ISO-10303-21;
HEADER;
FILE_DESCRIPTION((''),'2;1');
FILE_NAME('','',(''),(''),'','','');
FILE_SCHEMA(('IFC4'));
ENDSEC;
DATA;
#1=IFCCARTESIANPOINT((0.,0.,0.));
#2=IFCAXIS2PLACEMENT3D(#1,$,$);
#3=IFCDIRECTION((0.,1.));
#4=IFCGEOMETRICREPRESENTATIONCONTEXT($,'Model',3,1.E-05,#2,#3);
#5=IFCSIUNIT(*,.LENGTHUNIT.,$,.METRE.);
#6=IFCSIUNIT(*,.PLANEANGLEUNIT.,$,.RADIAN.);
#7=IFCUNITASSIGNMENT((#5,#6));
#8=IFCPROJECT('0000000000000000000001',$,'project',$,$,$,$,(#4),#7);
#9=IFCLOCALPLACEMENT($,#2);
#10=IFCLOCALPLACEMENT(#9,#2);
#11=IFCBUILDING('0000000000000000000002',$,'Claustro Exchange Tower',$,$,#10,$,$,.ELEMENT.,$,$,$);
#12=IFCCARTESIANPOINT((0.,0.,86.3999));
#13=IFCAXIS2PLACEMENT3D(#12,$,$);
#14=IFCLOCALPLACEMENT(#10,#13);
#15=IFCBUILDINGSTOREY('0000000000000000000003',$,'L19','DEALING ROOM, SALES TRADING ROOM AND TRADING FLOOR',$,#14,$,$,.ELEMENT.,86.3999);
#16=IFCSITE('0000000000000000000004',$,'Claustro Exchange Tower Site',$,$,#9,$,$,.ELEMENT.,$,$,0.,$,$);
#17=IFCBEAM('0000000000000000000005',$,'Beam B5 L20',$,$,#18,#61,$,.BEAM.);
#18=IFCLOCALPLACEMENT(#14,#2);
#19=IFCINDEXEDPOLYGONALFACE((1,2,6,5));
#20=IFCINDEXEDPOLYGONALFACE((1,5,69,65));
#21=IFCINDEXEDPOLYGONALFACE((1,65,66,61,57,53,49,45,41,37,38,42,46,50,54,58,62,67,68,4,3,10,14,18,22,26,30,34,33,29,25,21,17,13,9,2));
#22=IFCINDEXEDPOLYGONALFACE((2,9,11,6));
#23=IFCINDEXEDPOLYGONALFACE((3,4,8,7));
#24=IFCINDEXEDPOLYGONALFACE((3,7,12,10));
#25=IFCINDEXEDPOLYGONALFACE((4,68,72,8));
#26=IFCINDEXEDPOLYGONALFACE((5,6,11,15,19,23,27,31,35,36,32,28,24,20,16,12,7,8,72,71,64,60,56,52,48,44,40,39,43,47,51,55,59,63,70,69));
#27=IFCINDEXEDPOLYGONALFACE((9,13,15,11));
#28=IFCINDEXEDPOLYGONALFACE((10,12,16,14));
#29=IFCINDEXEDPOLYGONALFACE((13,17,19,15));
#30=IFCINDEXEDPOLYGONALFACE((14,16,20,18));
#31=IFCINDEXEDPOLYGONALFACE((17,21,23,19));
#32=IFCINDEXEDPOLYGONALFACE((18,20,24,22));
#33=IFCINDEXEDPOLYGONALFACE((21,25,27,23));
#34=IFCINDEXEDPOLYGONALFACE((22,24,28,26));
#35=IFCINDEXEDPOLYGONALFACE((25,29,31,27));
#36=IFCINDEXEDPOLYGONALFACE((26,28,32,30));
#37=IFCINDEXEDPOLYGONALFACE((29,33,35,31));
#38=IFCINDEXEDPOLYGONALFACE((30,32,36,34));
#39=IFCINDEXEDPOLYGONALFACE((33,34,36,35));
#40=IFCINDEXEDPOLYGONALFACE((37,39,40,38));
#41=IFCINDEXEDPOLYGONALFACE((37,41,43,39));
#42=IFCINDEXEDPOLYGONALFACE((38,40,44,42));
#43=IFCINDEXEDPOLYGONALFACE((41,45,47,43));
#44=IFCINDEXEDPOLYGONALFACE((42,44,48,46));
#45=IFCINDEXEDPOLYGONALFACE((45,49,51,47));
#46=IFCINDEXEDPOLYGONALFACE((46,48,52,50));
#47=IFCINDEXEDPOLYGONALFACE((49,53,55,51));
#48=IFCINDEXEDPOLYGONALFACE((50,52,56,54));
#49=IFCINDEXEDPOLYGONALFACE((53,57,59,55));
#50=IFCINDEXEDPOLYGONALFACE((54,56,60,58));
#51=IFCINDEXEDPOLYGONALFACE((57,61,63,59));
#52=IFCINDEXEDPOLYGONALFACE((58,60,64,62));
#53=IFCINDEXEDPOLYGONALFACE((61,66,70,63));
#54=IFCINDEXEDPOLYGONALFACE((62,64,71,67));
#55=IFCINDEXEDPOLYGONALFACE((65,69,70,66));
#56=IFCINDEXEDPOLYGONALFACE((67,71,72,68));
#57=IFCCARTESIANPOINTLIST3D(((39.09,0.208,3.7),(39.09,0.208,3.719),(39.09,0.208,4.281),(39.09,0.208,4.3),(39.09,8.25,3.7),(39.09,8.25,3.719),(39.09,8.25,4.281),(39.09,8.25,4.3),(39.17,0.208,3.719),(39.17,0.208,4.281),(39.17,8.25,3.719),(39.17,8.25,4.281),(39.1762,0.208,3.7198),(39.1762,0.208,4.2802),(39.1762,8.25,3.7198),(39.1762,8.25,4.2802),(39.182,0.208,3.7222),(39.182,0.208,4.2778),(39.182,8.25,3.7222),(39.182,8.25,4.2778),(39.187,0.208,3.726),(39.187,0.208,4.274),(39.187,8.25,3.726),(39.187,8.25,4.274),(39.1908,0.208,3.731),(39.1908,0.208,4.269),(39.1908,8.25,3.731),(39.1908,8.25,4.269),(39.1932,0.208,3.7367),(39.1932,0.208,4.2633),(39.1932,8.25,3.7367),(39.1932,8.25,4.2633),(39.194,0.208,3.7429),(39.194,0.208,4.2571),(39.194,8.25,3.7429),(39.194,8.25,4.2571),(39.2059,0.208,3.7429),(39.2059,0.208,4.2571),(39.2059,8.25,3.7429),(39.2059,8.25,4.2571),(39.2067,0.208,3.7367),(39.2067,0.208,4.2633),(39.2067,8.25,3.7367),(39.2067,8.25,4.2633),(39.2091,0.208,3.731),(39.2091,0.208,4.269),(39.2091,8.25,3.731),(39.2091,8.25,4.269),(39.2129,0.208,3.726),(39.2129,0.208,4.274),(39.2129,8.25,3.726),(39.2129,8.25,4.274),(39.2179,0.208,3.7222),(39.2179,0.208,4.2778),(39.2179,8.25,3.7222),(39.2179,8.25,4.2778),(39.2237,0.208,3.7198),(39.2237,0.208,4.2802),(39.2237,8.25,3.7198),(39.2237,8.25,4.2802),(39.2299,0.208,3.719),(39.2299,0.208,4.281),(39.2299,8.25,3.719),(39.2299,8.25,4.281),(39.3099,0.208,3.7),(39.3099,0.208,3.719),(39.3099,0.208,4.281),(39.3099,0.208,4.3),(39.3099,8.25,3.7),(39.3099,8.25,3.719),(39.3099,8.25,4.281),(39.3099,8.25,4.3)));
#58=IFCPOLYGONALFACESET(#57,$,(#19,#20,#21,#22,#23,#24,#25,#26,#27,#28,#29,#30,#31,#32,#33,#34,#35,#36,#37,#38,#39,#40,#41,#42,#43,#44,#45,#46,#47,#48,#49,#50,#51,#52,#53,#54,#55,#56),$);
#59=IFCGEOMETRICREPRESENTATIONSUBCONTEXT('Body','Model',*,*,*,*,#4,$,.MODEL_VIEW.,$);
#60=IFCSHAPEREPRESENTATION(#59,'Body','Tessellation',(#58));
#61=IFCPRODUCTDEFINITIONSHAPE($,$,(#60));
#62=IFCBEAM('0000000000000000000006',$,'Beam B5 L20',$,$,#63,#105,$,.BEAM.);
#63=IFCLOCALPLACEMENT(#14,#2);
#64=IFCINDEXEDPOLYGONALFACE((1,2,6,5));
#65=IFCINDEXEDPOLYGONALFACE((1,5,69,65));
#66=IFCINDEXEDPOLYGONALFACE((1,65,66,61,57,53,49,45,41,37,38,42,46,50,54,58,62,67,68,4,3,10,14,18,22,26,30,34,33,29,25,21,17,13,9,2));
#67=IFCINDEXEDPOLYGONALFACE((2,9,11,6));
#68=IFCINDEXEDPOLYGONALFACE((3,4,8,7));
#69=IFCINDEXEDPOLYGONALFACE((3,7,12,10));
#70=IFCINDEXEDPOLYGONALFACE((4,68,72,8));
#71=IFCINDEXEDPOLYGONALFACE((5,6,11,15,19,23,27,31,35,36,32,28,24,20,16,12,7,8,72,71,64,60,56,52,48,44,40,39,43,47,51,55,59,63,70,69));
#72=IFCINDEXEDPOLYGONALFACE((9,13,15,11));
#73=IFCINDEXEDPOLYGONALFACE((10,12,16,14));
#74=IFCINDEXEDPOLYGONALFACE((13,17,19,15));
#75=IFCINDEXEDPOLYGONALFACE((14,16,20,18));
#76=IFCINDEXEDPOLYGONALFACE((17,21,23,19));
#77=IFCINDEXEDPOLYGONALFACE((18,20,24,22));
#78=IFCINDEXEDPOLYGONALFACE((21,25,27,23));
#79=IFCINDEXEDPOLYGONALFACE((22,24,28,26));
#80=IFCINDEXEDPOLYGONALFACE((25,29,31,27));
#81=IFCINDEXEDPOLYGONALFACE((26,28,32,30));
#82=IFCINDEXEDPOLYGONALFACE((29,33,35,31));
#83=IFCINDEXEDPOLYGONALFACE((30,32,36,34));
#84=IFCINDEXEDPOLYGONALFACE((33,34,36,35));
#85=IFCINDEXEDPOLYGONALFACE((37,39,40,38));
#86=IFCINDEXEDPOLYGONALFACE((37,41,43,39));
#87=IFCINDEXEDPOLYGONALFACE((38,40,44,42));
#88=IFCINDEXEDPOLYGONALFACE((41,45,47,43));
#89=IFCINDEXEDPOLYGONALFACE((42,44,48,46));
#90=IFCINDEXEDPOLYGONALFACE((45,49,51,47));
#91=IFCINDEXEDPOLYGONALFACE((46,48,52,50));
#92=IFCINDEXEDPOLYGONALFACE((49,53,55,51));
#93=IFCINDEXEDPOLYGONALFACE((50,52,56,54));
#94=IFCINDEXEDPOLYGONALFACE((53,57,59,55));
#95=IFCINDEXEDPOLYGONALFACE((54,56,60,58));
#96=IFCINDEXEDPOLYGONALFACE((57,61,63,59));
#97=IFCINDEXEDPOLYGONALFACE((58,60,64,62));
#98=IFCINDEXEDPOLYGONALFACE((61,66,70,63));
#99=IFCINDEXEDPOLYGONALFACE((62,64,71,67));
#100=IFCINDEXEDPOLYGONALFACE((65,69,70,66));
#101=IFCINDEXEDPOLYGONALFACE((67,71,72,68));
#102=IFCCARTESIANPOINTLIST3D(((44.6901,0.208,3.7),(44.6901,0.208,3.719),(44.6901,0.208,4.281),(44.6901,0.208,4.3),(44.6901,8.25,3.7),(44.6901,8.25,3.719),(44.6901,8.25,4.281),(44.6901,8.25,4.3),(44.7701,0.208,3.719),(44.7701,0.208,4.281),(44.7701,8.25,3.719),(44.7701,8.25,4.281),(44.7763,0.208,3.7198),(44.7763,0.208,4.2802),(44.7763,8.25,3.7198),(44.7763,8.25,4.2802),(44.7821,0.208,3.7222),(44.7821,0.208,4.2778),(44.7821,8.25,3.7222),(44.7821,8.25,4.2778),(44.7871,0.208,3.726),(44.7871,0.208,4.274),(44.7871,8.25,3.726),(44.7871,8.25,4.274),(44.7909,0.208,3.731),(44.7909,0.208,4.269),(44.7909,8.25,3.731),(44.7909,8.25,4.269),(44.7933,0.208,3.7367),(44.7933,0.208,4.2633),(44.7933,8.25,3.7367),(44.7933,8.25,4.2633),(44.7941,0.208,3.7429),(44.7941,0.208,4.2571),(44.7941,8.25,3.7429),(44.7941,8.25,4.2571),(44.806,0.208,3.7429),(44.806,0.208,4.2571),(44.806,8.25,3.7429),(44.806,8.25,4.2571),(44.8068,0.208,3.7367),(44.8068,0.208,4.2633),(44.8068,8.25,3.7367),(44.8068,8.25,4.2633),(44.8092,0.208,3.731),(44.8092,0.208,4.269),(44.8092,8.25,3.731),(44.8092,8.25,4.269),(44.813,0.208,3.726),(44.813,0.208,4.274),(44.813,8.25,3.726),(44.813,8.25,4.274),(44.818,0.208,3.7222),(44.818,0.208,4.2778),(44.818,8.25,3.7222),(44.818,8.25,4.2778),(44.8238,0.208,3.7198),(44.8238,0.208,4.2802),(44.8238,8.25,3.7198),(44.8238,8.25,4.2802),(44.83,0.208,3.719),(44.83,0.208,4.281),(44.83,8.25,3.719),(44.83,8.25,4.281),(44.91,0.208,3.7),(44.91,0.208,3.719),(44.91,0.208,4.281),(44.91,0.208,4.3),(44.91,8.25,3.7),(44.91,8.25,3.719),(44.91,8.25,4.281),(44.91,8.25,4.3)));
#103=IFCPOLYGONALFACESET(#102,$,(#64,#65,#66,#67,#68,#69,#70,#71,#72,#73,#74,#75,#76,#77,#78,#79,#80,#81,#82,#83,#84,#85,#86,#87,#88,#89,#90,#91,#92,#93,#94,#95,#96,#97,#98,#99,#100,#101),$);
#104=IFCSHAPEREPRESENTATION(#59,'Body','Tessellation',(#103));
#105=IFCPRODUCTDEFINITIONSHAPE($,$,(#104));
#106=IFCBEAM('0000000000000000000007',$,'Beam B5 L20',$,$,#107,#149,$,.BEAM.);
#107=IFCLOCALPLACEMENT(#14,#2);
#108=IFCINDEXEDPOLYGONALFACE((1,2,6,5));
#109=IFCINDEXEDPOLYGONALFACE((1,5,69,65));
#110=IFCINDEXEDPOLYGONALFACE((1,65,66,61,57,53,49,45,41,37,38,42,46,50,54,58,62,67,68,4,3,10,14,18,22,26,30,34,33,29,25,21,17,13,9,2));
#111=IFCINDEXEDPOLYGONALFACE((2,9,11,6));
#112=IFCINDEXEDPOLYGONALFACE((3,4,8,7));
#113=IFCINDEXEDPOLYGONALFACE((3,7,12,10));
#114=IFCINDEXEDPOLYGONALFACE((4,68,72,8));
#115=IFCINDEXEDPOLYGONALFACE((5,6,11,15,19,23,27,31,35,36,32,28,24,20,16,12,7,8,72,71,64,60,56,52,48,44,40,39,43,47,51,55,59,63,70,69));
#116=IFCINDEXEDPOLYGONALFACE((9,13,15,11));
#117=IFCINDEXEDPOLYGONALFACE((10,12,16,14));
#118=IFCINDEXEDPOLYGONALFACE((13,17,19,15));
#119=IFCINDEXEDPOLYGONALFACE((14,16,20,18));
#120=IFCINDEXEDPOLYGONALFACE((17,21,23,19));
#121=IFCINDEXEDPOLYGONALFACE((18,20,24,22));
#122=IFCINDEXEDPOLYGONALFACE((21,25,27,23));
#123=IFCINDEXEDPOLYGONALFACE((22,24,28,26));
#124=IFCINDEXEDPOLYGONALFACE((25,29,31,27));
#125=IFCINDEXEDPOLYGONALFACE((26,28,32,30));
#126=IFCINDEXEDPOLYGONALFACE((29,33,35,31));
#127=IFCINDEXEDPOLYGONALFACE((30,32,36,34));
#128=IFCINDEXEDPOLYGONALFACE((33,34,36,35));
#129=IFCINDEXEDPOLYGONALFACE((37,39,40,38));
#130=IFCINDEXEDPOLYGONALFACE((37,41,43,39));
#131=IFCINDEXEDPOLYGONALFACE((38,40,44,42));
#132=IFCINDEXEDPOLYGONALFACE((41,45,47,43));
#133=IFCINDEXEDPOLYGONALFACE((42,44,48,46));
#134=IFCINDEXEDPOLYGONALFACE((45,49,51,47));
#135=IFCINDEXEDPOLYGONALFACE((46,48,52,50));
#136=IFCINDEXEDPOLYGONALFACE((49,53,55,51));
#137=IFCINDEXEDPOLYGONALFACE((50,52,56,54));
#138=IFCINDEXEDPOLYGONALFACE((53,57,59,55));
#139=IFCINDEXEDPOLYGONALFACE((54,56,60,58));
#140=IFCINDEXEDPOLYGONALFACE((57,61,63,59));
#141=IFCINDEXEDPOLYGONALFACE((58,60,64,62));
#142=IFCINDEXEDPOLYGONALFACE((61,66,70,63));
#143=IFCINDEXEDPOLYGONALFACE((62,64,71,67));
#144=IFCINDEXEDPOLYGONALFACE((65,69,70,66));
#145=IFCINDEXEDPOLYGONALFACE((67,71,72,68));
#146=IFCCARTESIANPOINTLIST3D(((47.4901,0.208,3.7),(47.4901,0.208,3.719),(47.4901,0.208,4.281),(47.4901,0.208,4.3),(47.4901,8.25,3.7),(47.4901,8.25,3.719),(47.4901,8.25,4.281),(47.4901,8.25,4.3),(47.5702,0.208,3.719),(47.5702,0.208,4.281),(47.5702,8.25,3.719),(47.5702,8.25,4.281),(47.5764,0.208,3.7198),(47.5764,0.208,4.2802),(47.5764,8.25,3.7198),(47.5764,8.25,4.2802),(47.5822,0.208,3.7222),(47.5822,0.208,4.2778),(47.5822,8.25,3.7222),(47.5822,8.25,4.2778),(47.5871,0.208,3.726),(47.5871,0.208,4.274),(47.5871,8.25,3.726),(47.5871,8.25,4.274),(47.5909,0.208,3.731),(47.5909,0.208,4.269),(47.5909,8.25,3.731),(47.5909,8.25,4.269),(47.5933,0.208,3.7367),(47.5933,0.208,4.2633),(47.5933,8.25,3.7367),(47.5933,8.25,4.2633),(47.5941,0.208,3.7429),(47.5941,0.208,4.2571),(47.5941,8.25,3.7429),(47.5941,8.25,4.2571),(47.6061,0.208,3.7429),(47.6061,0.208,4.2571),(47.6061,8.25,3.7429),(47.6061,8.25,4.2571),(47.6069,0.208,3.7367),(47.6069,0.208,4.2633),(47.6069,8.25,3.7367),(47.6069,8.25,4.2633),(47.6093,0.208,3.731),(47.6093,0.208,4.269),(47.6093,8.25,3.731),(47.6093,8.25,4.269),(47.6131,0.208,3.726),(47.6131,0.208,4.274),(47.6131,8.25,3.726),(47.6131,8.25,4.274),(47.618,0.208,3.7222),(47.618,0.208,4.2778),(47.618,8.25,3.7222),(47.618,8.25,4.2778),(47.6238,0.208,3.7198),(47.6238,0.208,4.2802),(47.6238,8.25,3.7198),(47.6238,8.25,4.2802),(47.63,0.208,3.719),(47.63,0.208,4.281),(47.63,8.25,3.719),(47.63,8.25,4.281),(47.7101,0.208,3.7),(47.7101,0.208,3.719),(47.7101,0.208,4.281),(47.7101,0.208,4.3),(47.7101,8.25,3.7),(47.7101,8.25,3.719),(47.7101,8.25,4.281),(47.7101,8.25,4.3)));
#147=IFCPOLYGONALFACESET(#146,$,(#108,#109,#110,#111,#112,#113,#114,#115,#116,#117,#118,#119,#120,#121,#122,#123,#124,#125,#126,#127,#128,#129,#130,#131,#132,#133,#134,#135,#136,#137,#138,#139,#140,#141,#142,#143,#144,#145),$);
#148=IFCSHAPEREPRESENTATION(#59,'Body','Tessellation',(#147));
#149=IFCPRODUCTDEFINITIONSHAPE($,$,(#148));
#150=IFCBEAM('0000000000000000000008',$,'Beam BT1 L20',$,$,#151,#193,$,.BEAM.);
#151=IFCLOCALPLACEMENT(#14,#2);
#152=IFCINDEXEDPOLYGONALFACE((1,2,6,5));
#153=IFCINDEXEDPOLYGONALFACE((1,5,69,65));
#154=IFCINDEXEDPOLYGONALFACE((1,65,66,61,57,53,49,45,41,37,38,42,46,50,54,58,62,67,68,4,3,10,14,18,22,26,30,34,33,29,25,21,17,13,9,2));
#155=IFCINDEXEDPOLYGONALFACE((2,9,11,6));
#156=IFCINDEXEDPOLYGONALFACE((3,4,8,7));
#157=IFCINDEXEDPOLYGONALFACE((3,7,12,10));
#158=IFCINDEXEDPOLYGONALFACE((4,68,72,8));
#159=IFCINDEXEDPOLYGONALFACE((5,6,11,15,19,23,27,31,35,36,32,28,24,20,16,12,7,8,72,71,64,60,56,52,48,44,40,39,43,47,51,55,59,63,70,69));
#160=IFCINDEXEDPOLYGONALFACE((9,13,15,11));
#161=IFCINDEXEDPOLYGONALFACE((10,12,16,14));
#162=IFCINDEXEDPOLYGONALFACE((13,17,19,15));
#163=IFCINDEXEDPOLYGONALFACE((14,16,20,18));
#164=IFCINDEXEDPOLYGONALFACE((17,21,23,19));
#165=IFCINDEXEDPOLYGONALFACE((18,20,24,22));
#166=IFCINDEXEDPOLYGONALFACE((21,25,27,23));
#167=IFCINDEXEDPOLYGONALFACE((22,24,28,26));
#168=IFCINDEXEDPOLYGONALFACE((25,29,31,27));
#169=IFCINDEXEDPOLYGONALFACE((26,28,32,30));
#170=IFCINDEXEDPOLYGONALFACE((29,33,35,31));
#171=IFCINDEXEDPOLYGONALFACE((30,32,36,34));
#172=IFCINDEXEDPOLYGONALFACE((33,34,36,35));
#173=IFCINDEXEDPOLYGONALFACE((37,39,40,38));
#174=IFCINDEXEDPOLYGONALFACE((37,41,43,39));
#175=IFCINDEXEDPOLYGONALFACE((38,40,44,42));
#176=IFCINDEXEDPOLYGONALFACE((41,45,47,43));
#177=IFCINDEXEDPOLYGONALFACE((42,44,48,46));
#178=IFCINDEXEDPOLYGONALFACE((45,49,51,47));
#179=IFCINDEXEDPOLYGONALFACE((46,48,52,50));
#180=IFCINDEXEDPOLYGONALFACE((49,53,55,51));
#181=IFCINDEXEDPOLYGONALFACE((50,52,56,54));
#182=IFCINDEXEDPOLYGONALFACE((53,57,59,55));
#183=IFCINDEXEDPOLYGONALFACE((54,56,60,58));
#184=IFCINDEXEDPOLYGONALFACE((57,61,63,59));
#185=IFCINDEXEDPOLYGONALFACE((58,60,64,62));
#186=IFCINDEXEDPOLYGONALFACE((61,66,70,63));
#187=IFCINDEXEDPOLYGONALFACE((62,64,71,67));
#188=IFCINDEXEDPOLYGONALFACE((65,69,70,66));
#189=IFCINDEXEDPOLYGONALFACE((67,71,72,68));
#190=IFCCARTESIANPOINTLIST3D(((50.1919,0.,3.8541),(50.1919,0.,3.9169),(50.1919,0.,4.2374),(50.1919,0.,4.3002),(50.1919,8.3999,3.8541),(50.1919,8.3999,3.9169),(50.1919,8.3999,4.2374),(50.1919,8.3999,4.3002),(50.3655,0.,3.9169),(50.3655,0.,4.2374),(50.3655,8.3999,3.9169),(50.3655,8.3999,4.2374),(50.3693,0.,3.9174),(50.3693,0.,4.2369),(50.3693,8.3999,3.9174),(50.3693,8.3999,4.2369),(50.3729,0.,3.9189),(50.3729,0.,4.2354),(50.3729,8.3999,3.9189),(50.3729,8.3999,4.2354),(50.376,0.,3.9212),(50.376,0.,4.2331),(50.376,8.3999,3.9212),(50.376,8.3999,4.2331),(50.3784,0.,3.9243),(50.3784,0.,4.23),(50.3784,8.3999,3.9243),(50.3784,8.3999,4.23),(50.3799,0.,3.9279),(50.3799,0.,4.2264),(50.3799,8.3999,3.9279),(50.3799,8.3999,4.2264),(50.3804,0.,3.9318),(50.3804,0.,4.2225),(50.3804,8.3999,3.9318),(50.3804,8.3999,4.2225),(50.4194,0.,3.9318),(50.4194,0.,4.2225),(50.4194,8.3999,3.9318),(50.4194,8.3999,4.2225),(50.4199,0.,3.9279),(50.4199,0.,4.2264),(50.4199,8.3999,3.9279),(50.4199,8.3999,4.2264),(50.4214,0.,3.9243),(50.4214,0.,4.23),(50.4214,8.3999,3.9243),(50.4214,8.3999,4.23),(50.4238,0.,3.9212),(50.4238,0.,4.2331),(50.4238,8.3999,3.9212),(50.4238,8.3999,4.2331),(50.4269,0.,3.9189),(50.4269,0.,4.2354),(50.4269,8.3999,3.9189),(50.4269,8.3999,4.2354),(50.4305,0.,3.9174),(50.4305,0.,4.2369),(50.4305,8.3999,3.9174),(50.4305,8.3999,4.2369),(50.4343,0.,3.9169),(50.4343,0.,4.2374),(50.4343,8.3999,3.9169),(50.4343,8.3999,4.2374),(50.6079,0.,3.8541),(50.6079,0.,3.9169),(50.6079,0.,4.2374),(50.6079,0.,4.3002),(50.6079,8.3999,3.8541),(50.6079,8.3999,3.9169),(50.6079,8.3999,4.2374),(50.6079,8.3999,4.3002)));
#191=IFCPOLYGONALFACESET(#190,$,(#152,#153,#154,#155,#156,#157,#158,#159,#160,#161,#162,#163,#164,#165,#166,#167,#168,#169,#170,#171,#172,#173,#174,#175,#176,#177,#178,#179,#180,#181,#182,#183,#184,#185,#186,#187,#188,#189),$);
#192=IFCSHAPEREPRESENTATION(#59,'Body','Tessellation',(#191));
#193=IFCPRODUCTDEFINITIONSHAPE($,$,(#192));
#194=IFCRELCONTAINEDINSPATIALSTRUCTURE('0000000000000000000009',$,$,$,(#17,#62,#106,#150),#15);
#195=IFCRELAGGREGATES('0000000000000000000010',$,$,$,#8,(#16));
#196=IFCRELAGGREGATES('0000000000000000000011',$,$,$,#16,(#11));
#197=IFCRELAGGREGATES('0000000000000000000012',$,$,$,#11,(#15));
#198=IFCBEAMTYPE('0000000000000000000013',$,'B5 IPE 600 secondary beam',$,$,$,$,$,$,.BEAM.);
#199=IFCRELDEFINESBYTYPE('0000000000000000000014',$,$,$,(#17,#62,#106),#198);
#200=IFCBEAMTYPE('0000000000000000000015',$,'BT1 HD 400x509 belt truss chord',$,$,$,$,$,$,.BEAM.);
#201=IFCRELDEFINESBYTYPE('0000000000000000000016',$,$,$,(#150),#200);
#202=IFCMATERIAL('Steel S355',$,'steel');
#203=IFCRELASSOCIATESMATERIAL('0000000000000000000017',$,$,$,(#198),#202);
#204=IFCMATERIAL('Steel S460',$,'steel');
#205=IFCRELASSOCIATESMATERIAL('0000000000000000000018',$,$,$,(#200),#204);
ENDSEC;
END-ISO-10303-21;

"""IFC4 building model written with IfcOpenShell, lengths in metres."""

from ifc_helpers import new_model, si_unit, direction, frame, origin, origin_2d, place, context, subcontext, project, spatial, i_section, extrude, material, material_profile, profile_set, type_object, element, save


model = new_model("IFC4")

# Units and contexts
model_context = context("Model", 3, precision=1e-05, world=origin(), true_north=direction((0.0, 1.0)))
body_context = subcontext(model_context, "Body", "Model", "MODEL_VIEW")
ifc_project = project(units=[si_unit("LENGTHUNIT", "METRE"), si_unit("PLANEANGLEUNIT", "RADIAN")], contexts=[model_context])

# Site, building, storey
site_placement = place(None, origin())
site = spatial("IfcSite", under=ifc_project, at=site_placement, Name="Claustro Exchange Tower Site", CompositionType="ELEMENT", RefElevation=0.0)
building_placement = place(site_placement, origin())
building = spatial("IfcBuilding", under=site, at=building_placement, Name="Claustro Exchange Tower", CompositionType="ELEMENT")
storey_placement = place(building_placement, frame((0.0, 0.0, 86.3999)))
storey = spatial("IfcBuildingStorey", under=building, at=storey_placement, Name="L19", Description="DEALING ROOM, SALES TRADING ROOM AND TRADING FLOOR", CompositionType="ELEMENT", Elevation=86.3999)

# Beams
ifc_material_1 = material(Name="Steel S355", Category="steel")
ifc_material_profile_1 = material_profile(ifc_material_1, i_section(OverallWidth=0.22, OverallDepth=0.6001, WebThickness=0.012, FlangeThickness=0.019, FilletRadius=0.0239, at=origin_2d()), Name="IPE 600")
ifc_profile_set_1 = profile_set([ifc_material_profile_1], Name="Steel S355")
beam_type_1 = type_object("IfcBeamType", Name="B5 IPE 600 secondary beam", PredefinedType="BEAM", material=ifc_profile_set_1)
for number, where, z_axis, x_axis, name in (
    (1, (39.2, 0.208, 4.0), (0.0, 1.0, 0.0), (-1.0, 0.0, 0.0), "Beam B5 L20"),
    (2, (44.8, 0.208, 4.0), (0.0, 1.0, 0.0), (-1.0, 0.0, 0.0), "Beam B5 L20"),
    (3, (47.6001, 0.208, 4.0), (0.0, 1.0, 0.0), (-1.0, 0.0, 0.0), "Beam B5 L20"),
):
    element("IfcBeam", number, at=place(storey_placement, frame(where, z_axis=z_axis, x_axis=x_axis)), inside=storey, type_object=beam_type_1, Name=name, PredefinedType="BEAM", context=body_context, shape_type="SweptSolid", body=[
        extrude(i_section(OverallWidth=0.22, OverallDepth=0.6001, WebThickness=0.012, FlangeThickness=0.019, FilletRadius=0.0239, at=origin_2d()), origin(), (0.0, 0.0, 1.0), 8.042),
    ])
ifc_material_2 = material(Name="Steel S460", Category="steel")
ifc_material_profile_2 = material_profile(ifc_material_2, i_section(OverallWidth=0.416, OverallDepth=0.446, WebThickness=0.0391, FlangeThickness=0.0627, FilletRadius=0.0149, at=origin_2d()), Name="HD 400x509")
ifc_profile_set_2 = profile_set([ifc_material_profile_2], Name="Steel S460")
beam_type_2 = type_object("IfcBeamType", Name="BT1 HD 400x509 belt truss chord", PredefinedType="BEAM", material=ifc_profile_set_2)
for number, where, z_axis, x_axis, name in (
    (4, (50.3999, 0.0, 4.0771), (0.0, 1.0, 0.0), (-1.0, 0.0, 0.0), "Beam BT1 L20"),
):
    element("IfcBeam", number, at=place(storey_placement, frame(where, z_axis=z_axis, x_axis=x_axis)), inside=storey, type_object=beam_type_2, Name=name, PredefinedType="BEAM", context=body_context, shape_type="SweptSolid", body=[
        extrude(i_section(OverallWidth=0.416, OverallDepth=0.446, WebThickness=0.0391, FlangeThickness=0.0627, FilletRadius=0.0149, at=origin_2d()), origin(), (0.0, 0.0, 1.0), 8.3999),
    ])

save(model, "model.ifc")
